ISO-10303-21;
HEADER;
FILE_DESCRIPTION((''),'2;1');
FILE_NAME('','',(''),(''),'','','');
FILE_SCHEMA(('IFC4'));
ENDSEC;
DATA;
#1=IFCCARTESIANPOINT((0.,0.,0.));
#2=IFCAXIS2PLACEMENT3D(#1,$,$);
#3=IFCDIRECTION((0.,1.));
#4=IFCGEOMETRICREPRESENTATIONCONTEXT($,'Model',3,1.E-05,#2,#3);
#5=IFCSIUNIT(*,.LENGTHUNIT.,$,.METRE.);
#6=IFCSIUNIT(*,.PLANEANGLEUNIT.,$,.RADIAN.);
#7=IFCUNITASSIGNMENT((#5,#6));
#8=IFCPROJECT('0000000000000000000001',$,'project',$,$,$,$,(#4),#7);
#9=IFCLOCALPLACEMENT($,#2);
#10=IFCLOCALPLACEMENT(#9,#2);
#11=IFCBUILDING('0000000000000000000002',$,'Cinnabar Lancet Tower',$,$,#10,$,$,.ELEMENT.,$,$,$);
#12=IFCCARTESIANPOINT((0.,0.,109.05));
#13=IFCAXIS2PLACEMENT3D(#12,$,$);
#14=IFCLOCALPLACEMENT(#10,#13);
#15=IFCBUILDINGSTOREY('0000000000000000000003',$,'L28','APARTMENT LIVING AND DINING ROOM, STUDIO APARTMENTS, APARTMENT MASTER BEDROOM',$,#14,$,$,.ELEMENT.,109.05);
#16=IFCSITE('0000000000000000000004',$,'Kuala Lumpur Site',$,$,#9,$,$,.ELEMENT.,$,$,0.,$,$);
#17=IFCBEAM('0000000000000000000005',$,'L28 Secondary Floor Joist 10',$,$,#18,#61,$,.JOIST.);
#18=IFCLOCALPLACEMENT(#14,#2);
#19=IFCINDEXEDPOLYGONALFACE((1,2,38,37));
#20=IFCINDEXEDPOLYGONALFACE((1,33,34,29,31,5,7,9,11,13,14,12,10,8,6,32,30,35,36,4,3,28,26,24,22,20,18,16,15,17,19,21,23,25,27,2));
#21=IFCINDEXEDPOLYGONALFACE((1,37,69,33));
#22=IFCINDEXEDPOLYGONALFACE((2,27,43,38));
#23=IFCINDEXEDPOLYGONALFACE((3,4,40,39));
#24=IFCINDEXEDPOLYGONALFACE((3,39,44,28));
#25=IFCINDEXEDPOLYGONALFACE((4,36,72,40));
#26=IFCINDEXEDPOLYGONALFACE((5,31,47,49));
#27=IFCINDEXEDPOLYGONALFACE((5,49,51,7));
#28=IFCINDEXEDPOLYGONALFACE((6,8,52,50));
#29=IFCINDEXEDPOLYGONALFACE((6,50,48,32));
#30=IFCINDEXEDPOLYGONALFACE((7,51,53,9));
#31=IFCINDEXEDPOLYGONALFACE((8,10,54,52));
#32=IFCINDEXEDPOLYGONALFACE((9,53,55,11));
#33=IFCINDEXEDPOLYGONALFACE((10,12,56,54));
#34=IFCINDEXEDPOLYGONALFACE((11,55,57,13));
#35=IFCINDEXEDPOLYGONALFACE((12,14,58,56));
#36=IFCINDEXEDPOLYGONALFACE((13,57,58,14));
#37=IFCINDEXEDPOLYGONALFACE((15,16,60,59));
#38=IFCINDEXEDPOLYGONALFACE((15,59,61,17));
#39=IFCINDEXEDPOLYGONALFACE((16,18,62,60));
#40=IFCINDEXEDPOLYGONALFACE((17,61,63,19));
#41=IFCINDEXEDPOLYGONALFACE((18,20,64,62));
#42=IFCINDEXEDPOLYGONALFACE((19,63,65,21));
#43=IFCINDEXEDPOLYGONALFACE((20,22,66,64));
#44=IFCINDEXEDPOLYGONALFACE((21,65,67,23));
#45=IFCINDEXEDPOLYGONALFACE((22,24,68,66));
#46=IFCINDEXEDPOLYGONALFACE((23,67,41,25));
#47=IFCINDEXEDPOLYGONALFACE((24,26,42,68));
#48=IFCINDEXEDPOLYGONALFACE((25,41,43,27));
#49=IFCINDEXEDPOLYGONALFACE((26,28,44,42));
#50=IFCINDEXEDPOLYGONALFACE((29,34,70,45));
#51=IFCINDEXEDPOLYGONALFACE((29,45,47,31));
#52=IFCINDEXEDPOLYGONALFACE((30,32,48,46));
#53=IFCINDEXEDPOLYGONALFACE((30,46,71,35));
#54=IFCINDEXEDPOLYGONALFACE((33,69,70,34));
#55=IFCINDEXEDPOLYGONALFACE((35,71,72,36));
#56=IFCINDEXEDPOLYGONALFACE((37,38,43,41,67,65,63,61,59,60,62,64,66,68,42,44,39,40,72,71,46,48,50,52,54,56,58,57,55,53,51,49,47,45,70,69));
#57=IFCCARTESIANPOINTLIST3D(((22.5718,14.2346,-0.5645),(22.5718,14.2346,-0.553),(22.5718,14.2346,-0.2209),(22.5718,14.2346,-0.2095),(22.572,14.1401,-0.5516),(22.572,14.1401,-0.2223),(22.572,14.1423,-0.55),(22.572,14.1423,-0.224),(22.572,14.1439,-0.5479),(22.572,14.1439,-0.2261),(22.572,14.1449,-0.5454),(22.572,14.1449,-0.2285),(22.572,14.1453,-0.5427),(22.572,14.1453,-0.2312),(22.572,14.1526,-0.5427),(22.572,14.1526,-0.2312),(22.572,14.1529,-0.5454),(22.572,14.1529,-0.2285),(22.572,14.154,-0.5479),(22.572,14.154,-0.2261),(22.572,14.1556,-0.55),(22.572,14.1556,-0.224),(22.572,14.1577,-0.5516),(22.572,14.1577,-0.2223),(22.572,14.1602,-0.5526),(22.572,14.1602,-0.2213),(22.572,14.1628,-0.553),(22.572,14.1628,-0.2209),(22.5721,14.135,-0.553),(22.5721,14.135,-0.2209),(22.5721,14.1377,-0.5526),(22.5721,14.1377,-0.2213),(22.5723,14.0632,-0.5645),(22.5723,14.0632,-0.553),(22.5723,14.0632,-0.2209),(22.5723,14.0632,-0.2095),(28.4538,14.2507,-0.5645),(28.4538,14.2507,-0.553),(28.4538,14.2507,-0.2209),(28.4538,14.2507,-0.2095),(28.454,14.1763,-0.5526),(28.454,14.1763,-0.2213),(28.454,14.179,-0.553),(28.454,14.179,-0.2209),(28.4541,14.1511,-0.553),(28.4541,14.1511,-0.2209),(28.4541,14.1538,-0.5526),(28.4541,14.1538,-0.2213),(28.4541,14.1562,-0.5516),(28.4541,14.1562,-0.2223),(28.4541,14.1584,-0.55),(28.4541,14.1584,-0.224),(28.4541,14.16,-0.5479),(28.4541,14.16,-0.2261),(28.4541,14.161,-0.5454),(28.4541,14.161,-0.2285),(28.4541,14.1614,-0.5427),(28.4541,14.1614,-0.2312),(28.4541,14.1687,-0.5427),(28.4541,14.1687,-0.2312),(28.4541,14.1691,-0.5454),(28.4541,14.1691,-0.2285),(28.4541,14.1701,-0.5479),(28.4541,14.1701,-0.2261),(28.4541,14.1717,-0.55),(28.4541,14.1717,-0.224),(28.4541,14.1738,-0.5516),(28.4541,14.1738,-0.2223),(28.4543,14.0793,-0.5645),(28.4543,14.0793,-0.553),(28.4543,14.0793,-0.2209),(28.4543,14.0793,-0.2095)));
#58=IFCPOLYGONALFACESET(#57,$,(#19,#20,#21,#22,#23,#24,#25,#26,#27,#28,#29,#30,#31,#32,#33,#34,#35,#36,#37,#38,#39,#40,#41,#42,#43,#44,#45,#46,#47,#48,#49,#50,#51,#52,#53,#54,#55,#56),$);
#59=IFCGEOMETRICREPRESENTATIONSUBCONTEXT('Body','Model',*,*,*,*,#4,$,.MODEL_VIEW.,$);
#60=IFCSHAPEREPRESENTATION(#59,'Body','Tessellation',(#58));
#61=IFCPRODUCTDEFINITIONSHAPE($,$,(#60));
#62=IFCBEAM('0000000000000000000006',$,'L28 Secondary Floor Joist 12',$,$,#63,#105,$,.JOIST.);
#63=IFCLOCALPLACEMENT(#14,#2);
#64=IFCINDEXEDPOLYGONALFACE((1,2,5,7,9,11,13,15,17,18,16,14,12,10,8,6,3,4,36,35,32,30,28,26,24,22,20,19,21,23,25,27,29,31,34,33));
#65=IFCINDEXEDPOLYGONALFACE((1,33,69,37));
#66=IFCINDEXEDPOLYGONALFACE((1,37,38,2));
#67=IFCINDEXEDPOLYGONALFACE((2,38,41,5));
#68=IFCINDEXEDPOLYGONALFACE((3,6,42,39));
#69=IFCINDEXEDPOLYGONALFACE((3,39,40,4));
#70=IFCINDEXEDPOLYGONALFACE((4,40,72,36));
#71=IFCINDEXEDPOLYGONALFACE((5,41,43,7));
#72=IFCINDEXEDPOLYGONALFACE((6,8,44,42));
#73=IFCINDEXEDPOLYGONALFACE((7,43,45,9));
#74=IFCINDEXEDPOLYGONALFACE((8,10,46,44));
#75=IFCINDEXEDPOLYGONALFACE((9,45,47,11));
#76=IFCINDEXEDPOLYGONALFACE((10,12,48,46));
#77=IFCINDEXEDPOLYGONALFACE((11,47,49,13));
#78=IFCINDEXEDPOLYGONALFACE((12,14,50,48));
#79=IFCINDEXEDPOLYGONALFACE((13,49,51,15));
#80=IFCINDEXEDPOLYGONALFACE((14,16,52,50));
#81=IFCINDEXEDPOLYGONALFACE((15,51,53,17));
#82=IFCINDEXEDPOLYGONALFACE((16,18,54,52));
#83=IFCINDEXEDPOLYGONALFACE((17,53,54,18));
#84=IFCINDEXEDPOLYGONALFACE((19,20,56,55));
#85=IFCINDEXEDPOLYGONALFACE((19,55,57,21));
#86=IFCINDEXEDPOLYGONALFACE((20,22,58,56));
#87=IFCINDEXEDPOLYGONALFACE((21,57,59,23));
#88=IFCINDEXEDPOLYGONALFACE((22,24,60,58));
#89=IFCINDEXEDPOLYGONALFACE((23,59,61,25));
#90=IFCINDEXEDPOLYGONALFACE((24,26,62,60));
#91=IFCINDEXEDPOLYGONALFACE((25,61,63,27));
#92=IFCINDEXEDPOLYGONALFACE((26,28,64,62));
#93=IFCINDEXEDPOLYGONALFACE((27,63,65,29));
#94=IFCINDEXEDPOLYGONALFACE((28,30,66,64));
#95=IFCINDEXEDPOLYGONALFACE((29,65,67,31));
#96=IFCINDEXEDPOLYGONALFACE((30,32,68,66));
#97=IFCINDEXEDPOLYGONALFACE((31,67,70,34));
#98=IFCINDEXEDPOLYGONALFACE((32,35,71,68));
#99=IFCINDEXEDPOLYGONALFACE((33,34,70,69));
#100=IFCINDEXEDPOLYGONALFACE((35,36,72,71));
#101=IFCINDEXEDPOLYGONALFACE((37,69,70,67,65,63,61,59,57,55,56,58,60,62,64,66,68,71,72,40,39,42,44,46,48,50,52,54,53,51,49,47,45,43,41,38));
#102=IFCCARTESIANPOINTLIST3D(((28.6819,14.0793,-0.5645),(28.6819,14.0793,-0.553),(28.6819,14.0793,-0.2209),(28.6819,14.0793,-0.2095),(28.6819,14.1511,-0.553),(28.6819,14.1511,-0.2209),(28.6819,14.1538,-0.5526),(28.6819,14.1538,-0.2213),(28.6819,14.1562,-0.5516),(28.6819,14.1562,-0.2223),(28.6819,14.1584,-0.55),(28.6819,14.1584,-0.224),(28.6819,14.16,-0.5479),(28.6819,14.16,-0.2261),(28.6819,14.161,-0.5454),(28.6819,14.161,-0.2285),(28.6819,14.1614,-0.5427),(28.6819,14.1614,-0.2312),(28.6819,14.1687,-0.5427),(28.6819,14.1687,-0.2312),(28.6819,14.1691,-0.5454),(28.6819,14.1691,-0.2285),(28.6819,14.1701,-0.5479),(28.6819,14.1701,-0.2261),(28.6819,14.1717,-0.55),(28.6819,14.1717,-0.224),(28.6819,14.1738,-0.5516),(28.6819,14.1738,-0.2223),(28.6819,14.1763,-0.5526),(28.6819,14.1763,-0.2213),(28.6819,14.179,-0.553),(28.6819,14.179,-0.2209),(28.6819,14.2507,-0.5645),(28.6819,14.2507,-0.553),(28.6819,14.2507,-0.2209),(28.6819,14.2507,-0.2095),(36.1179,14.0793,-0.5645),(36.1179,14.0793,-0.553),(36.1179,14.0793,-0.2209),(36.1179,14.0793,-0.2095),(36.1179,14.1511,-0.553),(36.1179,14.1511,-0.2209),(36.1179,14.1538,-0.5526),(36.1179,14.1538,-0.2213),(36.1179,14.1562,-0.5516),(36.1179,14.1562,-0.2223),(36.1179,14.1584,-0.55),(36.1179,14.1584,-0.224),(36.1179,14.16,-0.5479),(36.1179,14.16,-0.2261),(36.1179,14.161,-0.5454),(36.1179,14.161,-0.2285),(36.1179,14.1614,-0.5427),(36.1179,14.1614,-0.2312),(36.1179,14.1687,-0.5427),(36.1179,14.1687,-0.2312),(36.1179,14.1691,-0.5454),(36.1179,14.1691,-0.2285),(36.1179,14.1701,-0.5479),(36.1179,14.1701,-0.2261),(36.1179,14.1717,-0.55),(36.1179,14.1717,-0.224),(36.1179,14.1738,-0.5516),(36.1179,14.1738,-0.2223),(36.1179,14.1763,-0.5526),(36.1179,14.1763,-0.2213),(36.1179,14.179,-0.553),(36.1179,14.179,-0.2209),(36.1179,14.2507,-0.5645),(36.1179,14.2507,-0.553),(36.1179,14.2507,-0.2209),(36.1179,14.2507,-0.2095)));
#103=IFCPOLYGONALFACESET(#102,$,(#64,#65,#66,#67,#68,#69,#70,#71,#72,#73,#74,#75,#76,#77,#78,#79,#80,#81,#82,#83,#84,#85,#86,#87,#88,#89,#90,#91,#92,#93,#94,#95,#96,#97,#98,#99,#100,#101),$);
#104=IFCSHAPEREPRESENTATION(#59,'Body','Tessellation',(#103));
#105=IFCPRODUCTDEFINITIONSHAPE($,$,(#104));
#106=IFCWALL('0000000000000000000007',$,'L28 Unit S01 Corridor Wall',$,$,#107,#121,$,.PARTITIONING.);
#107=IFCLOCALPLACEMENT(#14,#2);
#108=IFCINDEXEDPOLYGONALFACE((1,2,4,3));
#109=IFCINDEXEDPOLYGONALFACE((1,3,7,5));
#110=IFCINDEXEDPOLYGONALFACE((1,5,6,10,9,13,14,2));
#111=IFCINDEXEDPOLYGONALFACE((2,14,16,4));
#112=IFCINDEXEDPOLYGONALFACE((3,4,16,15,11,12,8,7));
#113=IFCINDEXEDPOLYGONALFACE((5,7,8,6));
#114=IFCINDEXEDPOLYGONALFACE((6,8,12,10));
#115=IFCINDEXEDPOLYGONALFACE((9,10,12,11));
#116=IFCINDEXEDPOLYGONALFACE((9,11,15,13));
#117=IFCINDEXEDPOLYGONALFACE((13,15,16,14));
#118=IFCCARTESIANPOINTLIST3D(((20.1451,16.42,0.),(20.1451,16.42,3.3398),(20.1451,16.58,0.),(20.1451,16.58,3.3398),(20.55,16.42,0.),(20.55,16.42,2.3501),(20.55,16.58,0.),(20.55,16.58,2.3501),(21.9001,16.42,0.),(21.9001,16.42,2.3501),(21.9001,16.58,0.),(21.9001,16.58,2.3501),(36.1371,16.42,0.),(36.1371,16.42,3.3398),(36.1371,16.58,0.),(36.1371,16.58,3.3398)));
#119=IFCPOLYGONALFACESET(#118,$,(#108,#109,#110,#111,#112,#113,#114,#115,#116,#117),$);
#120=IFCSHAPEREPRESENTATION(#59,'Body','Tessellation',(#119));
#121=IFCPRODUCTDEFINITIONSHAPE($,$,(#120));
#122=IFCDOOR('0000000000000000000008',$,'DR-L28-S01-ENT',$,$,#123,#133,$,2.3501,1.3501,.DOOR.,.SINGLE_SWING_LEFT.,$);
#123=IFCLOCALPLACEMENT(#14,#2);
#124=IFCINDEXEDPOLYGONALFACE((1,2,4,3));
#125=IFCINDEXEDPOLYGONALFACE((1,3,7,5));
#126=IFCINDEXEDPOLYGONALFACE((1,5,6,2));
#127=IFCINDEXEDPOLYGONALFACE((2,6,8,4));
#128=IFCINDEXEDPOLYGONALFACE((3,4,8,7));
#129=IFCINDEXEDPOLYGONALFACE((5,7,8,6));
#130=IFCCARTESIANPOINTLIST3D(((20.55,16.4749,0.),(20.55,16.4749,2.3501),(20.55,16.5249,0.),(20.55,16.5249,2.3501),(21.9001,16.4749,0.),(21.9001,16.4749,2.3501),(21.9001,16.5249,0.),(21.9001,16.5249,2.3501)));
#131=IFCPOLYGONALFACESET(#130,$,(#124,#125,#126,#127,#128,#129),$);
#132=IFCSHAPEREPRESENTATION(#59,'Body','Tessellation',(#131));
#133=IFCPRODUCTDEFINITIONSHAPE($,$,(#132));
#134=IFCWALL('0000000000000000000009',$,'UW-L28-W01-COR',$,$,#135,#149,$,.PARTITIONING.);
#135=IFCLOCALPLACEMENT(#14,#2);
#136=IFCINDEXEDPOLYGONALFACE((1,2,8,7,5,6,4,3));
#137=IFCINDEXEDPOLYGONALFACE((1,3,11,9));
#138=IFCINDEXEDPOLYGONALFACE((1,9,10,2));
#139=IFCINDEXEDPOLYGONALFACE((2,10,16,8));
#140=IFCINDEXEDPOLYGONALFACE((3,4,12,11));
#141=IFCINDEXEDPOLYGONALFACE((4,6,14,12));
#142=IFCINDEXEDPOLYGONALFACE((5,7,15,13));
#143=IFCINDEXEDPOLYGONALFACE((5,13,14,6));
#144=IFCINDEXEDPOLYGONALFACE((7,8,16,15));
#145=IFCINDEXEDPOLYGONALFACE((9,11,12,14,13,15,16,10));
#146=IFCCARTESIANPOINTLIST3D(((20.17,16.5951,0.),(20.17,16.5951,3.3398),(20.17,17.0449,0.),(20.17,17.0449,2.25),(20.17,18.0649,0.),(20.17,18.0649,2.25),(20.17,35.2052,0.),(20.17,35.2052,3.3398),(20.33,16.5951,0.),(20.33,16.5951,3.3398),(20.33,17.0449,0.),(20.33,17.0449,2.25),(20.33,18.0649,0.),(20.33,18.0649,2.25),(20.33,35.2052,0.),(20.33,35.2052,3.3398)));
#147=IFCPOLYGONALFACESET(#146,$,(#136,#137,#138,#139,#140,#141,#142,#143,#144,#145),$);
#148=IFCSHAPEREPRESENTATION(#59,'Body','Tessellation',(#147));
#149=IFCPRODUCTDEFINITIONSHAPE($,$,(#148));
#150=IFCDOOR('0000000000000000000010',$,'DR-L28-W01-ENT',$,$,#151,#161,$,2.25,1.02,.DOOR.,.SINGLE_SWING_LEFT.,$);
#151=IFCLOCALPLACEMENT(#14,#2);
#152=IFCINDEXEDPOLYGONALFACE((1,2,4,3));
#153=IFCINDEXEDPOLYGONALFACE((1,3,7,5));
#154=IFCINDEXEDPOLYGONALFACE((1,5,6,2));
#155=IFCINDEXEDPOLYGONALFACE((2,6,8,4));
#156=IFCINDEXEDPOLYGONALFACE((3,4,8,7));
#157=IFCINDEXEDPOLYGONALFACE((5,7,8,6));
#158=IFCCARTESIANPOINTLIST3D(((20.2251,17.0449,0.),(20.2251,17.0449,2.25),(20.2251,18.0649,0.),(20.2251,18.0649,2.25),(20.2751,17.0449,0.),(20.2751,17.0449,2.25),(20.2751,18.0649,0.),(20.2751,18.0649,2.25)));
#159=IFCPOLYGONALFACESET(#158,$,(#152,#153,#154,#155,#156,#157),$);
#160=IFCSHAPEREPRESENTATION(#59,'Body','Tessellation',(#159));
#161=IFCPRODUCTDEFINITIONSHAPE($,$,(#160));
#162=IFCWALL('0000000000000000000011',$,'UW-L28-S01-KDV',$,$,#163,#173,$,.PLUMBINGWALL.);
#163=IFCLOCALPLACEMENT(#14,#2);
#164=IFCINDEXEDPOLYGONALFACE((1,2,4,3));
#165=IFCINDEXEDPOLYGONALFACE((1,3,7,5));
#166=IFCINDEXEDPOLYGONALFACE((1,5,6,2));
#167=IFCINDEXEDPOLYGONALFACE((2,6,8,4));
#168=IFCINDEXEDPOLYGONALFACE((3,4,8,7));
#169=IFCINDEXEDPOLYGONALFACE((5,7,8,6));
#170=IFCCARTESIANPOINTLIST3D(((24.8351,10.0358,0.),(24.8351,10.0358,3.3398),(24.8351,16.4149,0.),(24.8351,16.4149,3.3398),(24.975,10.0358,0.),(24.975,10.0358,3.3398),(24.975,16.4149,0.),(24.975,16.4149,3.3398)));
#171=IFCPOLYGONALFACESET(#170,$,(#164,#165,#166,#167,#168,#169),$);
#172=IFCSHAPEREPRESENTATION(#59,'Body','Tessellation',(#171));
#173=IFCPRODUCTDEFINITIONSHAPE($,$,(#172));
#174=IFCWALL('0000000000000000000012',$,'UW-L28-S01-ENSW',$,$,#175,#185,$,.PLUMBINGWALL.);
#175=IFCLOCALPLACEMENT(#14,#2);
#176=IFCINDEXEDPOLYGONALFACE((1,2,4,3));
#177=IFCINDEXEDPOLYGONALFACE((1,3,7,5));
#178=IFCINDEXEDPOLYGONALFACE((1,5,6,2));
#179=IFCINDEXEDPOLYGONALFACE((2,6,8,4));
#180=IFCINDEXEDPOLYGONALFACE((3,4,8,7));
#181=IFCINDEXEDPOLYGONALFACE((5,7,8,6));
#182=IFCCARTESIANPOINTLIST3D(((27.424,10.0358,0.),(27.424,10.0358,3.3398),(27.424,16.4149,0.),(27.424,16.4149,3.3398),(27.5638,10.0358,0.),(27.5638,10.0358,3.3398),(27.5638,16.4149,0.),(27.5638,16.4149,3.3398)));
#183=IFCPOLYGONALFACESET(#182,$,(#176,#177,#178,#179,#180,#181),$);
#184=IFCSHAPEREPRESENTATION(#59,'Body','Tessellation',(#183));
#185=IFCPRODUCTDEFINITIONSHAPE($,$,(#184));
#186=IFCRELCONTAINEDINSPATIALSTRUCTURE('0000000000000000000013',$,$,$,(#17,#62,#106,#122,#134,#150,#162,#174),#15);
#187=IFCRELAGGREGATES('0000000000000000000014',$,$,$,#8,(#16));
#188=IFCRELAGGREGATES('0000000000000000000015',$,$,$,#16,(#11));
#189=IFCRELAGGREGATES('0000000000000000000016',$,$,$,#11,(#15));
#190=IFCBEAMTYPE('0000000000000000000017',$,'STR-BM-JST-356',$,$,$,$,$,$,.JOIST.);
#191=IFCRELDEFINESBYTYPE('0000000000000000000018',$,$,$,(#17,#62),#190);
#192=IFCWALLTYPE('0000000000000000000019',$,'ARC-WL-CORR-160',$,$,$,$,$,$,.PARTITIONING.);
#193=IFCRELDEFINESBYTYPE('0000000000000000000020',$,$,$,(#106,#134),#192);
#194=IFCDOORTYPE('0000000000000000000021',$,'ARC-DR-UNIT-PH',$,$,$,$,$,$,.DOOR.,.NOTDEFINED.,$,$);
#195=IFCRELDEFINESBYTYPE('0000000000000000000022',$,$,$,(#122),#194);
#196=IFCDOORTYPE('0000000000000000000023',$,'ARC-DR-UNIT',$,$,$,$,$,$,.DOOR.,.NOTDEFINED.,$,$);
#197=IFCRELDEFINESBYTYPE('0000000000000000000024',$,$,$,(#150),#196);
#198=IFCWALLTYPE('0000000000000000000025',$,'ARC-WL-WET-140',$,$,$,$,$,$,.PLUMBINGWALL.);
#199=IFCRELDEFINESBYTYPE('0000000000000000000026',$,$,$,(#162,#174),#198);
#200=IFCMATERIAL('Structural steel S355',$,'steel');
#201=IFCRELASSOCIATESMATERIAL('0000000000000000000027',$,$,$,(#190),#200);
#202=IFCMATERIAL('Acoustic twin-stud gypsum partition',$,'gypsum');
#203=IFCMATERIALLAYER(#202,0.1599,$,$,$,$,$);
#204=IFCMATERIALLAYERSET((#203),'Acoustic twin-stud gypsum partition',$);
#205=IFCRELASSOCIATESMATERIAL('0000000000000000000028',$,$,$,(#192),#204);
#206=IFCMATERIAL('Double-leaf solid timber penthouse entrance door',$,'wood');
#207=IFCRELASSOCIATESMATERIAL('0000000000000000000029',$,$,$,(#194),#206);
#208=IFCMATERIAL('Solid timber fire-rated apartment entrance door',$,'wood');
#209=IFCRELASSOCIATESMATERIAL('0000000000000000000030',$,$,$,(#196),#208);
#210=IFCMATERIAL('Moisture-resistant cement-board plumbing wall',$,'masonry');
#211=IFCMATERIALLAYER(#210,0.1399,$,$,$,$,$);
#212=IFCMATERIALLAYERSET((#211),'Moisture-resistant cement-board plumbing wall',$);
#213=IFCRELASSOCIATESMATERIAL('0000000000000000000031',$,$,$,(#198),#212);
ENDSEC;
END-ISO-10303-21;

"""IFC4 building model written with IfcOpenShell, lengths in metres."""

from ifc_helpers import new_model, si_unit, direction, frame, frame_2d, origin, origin_2d, place, context, subcontext, project, spatial, rectangle, i_section, extrude, material, layer, layer_set, material_profile, profile_set, type_object, element, fill, save


model = new_model("IFC4")

# Units and contexts
model_context = context("Model", 3, precision=1e-05, world=origin(), true_north=direction((0.0, 1.0)))
body_context = subcontext(model_context, "Body", "Model", "MODEL_VIEW")
ifc_project = project(units=[si_unit("LENGTHUNIT", "METRE"), si_unit("PLANEANGLEUNIT", "RADIAN")], contexts=[model_context])

# Site, building, storey
site_placement = place(None, origin())
site = spatial("IfcSite", under=ifc_project, at=site_placement, Name="Kuala Lumpur Site", CompositionType="ELEMENT", RefElevation=0.0)
building_placement = place(site_placement, origin())
building = spatial("IfcBuilding", under=site, at=building_placement, Name="Cinnabar Lancet Tower", CompositionType="ELEMENT")
storey_placement = place(building_placement, frame((0.0, 0.0, 109.05)))
storey = spatial("IfcBuildingStorey", under=building, at=storey_placement, Name="L28", Description="APARTMENT LIVING AND DINING ROOM, STUDIO APARTMENTS, APARTMENT MASTER BEDROOM", CompositionType="ELEMENT", Elevation=109.05)

# Beams
ifc_material_1 = material(Name="Structural steel S355", Category="steel")
ifc_material_profile = material_profile(ifc_material_1, i_section(OverallWidth=0.1714, OverallDepth=0.355, WebThickness=0.0073, FlangeThickness=0.0115, FilletRadius=0.0103, at=origin_2d()), Name="UKB 356x171x51")
ifc_profile_set = profile_set([ifc_material_profile], Name="Structural steel S355")
beam_type = type_object("IfcBeamType", Name="STR-BM-JST-356", PredefinedType="JOIST", material=ifc_profile_set)
beam_1_placement = place(storey_placement, frame((22.572, 14.1489, -0.387), z_axis=(0.999996, 0.002739, 0.0), x_axis=(-0.002739, 0.999996, 0.0)))
element("IfcBeam", 1, at=beam_1_placement, inside=storey, type_object=beam_type, Name="L28 Secondary Floor Joist 10", PredefinedType="JOIST", context=body_context, shape_type="SweptSolid", body=[
    extrude(i_section(OverallWidth=0.1714, OverallDepth=0.355, WebThickness=0.0073, FlangeThickness=0.0115, FilletRadius=0.0103, at=origin_2d()), origin(), (0.0, 0.0, 1.0), 5.8821),
])
beam_2_placement = place(storey_placement, frame((28.6819, 14.165, -0.387), z_axis=(1.0, 0.0, 0.0), x_axis=(0.0, 1.0, 0.0)))
element("IfcBeam", 2, at=beam_2_placement, inside=storey, type_object=beam_type, Name="L28 Secondary Floor Joist 12", PredefinedType="JOIST", context=body_context, shape_type="SweptSolid", body=[
    extrude(i_section(OverallWidth=0.1714, OverallDepth=0.355, WebThickness=0.0073, FlangeThickness=0.0115, FilletRadius=0.0103, at=origin_2d()), origin(), (0.0, 0.0, 1.0), 7.436),
])

# Walls, openings, doors
ifc_material_2 = material(Name="Acoustic twin-stud gypsum partition", Category="gypsum")
ifc_layer_1 = layer(ifc_material_2, 0.1599)
ifc_layer_set_1 = layer_set([ifc_layer_1], Name="Acoustic twin-stud gypsum partition")
wall_type_1 = type_object("IfcWallType", Name="ARC-WL-CORR-160", PredefinedType="PARTITIONING", material=ifc_layer_set_1)
wall_1_placement = place(storey_placement, frame((20.145, 16.5, 0.0), z_axis=(0.0, 0.0, 1.0), x_axis=(1.0, 0.0, 0.0)))
wall_1 = element("IfcWall", 3, at=wall_1_placement, inside=storey, type_object=wall_type_1, Name="L28 Unit S01 Corridor Wall", PredefinedType="PARTITIONING", context=body_context, shape_type="SweptSolid", body=[
    extrude(rectangle(XDim=15.9919, YDim=0.1599, at=frame_2d((7.9961, 0.0))), origin(), (0.0, 0.0, 1.0), 3.3398),
])
opening_1_placement = place(wall_1_placement, frame((0.405, 0.0, 0.0)))
opening_1 = element("IfcOpeningElement", 4, at=opening_1_placement, cuts=wall_1, PredefinedType="OPENING", context=body_context, shape_type="SweptSolid", body=[
    extrude(rectangle(XDim=1.3501, YDim=2.3501, at=frame_2d((0.675, 1.175))), frame((0.0, 0.0898, 0.0), z_axis=(0.0, -1.0, 0.0), x_axis=(1.0, 0.0, 0.0)), (0.0, 0.0, 1.0), 0.1799),
])
ifc_material_3 = material(Name="Double-leaf solid timber penthouse entrance door", Category="wood")
door_type_1 = type_object("IfcDoorType", Name="ARC-DR-UNIT-PH", OperationType="NOTDEFINED", PredefinedType="DOOR", material=ifc_material_3)
door_1_placement = place(opening_1_placement, origin())
door_1 = element("IfcDoor", 5, at=door_1_placement, inside=storey, type_object=door_type_1, Name="DR-L28-S01-ENT", OperationType="SINGLE_SWING_LEFT", OverallHeight=2.3501, OverallWidth=1.3501, PredefinedType="DOOR", context=body_context, shape_type="SweptSolid", body=[
    extrude(rectangle(XDim=1.3501, YDim=2.3501, at=frame_2d((0.675, 1.175))), frame((0.0, 0.0249, 0.0), z_axis=(0.0, -1.0, 0.0), x_axis=(1.0, 0.0, 0.0)), (0.0, 0.0, 1.0), 0.05),
])
fill(opening_1, door_1)
wall_2_placement = place(storey_placement, frame((20.25, 16.595, 0.0), z_axis=(0.0, 0.0, 1.0), x_axis=(0.0, 1.0, 0.0)))
wall_2 = element("IfcWall", 6, at=wall_2_placement, inside=storey, type_object=wall_type_1, Name="UW-L28-W01-COR", PredefinedType="PARTITIONING", context=body_context, shape_type="SweptSolid", body=[
    extrude(rectangle(XDim=18.6101, YDim=0.1599, at=frame_2d((9.3052, 0.0))), origin(), (0.0, 0.0, 1.0), 3.3398),
])
opening_2_placement = place(wall_2_placement, frame((0.45, 0.0, 0.0)))
opening_2 = element("IfcOpeningElement", 7, at=opening_2_placement, cuts=wall_2, PredefinedType="OPENING", context=body_context, shape_type="SweptSolid", body=[
    extrude(rectangle(XDim=1.02, YDim=2.25, at=frame_2d((0.51, 1.125))), frame((0.0, 0.0898, 0.0), z_axis=(0.0, -1.0, 0.0), x_axis=(1.0, 0.0, 0.0)), (0.0, 0.0, 1.0), 0.1799),
])
ifc_material_4 = material(Name="Solid timber fire-rated apartment entrance door", Category="wood")
door_type_2 = type_object("IfcDoorType", Name="ARC-DR-UNIT", OperationType="NOTDEFINED", PredefinedType="DOOR", material=ifc_material_4)
door_2_placement = place(opening_2_placement, origin())
door_2 = element("IfcDoor", 8, at=door_2_placement, inside=storey, type_object=door_type_2, Name="DR-L28-W01-ENT", OperationType="SINGLE_SWING_LEFT", OverallHeight=2.25, OverallWidth=1.02, PredefinedType="DOOR", context=body_context, shape_type="SweptSolid", body=[
    extrude(rectangle(XDim=1.02, YDim=2.25, at=frame_2d((0.51, 1.125))), frame((0.0, 0.0249, 0.0), z_axis=(0.0, -1.0, 0.0), x_axis=(1.0, 0.0, 0.0)), (0.0, 0.0, 1.0), 0.05),
])
fill(opening_2, door_2)

# Walls
ifc_material_5 = material(Name="Moisture-resistant cement-board plumbing wall", Category="masonry")
ifc_layer_2 = layer(ifc_material_5, 0.1399)
ifc_layer_set_2 = layer_set([ifc_layer_2], Name="Moisture-resistant cement-board plumbing wall")
wall_type_2 = type_object("IfcWallType", Name="ARC-WL-WET-140", PredefinedType="PLUMBINGWALL", material=ifc_layer_set_2)
for number, where, z_axis, x_axis, name in (
    (9, (24.905, 10.0359, 0.0), (0.0, 0.0, 1.0), (0.0, 1.0, 0.0), "UW-L28-S01-KDV"),
    (10, (27.4939, 10.0359, 0.0), (0.0, 0.0, 1.0), (0.0, 1.0, 0.0), "UW-L28-S01-ENSW"),
):
    element("IfcWall", number, at=place(storey_placement, frame(where, z_axis=z_axis, x_axis=x_axis)), inside=storey, type_object=wall_type_2, Name=name, PredefinedType="PLUMBINGWALL", context=body_context, shape_type="SweptSolid", body=[
        extrude(rectangle(XDim=6.3792, YDim=0.1399, at=frame_2d((3.1895, 0.0))), origin(), (0.0, 0.0, 1.0), 3.3398),
    ])

save(model, "model.ifc")
